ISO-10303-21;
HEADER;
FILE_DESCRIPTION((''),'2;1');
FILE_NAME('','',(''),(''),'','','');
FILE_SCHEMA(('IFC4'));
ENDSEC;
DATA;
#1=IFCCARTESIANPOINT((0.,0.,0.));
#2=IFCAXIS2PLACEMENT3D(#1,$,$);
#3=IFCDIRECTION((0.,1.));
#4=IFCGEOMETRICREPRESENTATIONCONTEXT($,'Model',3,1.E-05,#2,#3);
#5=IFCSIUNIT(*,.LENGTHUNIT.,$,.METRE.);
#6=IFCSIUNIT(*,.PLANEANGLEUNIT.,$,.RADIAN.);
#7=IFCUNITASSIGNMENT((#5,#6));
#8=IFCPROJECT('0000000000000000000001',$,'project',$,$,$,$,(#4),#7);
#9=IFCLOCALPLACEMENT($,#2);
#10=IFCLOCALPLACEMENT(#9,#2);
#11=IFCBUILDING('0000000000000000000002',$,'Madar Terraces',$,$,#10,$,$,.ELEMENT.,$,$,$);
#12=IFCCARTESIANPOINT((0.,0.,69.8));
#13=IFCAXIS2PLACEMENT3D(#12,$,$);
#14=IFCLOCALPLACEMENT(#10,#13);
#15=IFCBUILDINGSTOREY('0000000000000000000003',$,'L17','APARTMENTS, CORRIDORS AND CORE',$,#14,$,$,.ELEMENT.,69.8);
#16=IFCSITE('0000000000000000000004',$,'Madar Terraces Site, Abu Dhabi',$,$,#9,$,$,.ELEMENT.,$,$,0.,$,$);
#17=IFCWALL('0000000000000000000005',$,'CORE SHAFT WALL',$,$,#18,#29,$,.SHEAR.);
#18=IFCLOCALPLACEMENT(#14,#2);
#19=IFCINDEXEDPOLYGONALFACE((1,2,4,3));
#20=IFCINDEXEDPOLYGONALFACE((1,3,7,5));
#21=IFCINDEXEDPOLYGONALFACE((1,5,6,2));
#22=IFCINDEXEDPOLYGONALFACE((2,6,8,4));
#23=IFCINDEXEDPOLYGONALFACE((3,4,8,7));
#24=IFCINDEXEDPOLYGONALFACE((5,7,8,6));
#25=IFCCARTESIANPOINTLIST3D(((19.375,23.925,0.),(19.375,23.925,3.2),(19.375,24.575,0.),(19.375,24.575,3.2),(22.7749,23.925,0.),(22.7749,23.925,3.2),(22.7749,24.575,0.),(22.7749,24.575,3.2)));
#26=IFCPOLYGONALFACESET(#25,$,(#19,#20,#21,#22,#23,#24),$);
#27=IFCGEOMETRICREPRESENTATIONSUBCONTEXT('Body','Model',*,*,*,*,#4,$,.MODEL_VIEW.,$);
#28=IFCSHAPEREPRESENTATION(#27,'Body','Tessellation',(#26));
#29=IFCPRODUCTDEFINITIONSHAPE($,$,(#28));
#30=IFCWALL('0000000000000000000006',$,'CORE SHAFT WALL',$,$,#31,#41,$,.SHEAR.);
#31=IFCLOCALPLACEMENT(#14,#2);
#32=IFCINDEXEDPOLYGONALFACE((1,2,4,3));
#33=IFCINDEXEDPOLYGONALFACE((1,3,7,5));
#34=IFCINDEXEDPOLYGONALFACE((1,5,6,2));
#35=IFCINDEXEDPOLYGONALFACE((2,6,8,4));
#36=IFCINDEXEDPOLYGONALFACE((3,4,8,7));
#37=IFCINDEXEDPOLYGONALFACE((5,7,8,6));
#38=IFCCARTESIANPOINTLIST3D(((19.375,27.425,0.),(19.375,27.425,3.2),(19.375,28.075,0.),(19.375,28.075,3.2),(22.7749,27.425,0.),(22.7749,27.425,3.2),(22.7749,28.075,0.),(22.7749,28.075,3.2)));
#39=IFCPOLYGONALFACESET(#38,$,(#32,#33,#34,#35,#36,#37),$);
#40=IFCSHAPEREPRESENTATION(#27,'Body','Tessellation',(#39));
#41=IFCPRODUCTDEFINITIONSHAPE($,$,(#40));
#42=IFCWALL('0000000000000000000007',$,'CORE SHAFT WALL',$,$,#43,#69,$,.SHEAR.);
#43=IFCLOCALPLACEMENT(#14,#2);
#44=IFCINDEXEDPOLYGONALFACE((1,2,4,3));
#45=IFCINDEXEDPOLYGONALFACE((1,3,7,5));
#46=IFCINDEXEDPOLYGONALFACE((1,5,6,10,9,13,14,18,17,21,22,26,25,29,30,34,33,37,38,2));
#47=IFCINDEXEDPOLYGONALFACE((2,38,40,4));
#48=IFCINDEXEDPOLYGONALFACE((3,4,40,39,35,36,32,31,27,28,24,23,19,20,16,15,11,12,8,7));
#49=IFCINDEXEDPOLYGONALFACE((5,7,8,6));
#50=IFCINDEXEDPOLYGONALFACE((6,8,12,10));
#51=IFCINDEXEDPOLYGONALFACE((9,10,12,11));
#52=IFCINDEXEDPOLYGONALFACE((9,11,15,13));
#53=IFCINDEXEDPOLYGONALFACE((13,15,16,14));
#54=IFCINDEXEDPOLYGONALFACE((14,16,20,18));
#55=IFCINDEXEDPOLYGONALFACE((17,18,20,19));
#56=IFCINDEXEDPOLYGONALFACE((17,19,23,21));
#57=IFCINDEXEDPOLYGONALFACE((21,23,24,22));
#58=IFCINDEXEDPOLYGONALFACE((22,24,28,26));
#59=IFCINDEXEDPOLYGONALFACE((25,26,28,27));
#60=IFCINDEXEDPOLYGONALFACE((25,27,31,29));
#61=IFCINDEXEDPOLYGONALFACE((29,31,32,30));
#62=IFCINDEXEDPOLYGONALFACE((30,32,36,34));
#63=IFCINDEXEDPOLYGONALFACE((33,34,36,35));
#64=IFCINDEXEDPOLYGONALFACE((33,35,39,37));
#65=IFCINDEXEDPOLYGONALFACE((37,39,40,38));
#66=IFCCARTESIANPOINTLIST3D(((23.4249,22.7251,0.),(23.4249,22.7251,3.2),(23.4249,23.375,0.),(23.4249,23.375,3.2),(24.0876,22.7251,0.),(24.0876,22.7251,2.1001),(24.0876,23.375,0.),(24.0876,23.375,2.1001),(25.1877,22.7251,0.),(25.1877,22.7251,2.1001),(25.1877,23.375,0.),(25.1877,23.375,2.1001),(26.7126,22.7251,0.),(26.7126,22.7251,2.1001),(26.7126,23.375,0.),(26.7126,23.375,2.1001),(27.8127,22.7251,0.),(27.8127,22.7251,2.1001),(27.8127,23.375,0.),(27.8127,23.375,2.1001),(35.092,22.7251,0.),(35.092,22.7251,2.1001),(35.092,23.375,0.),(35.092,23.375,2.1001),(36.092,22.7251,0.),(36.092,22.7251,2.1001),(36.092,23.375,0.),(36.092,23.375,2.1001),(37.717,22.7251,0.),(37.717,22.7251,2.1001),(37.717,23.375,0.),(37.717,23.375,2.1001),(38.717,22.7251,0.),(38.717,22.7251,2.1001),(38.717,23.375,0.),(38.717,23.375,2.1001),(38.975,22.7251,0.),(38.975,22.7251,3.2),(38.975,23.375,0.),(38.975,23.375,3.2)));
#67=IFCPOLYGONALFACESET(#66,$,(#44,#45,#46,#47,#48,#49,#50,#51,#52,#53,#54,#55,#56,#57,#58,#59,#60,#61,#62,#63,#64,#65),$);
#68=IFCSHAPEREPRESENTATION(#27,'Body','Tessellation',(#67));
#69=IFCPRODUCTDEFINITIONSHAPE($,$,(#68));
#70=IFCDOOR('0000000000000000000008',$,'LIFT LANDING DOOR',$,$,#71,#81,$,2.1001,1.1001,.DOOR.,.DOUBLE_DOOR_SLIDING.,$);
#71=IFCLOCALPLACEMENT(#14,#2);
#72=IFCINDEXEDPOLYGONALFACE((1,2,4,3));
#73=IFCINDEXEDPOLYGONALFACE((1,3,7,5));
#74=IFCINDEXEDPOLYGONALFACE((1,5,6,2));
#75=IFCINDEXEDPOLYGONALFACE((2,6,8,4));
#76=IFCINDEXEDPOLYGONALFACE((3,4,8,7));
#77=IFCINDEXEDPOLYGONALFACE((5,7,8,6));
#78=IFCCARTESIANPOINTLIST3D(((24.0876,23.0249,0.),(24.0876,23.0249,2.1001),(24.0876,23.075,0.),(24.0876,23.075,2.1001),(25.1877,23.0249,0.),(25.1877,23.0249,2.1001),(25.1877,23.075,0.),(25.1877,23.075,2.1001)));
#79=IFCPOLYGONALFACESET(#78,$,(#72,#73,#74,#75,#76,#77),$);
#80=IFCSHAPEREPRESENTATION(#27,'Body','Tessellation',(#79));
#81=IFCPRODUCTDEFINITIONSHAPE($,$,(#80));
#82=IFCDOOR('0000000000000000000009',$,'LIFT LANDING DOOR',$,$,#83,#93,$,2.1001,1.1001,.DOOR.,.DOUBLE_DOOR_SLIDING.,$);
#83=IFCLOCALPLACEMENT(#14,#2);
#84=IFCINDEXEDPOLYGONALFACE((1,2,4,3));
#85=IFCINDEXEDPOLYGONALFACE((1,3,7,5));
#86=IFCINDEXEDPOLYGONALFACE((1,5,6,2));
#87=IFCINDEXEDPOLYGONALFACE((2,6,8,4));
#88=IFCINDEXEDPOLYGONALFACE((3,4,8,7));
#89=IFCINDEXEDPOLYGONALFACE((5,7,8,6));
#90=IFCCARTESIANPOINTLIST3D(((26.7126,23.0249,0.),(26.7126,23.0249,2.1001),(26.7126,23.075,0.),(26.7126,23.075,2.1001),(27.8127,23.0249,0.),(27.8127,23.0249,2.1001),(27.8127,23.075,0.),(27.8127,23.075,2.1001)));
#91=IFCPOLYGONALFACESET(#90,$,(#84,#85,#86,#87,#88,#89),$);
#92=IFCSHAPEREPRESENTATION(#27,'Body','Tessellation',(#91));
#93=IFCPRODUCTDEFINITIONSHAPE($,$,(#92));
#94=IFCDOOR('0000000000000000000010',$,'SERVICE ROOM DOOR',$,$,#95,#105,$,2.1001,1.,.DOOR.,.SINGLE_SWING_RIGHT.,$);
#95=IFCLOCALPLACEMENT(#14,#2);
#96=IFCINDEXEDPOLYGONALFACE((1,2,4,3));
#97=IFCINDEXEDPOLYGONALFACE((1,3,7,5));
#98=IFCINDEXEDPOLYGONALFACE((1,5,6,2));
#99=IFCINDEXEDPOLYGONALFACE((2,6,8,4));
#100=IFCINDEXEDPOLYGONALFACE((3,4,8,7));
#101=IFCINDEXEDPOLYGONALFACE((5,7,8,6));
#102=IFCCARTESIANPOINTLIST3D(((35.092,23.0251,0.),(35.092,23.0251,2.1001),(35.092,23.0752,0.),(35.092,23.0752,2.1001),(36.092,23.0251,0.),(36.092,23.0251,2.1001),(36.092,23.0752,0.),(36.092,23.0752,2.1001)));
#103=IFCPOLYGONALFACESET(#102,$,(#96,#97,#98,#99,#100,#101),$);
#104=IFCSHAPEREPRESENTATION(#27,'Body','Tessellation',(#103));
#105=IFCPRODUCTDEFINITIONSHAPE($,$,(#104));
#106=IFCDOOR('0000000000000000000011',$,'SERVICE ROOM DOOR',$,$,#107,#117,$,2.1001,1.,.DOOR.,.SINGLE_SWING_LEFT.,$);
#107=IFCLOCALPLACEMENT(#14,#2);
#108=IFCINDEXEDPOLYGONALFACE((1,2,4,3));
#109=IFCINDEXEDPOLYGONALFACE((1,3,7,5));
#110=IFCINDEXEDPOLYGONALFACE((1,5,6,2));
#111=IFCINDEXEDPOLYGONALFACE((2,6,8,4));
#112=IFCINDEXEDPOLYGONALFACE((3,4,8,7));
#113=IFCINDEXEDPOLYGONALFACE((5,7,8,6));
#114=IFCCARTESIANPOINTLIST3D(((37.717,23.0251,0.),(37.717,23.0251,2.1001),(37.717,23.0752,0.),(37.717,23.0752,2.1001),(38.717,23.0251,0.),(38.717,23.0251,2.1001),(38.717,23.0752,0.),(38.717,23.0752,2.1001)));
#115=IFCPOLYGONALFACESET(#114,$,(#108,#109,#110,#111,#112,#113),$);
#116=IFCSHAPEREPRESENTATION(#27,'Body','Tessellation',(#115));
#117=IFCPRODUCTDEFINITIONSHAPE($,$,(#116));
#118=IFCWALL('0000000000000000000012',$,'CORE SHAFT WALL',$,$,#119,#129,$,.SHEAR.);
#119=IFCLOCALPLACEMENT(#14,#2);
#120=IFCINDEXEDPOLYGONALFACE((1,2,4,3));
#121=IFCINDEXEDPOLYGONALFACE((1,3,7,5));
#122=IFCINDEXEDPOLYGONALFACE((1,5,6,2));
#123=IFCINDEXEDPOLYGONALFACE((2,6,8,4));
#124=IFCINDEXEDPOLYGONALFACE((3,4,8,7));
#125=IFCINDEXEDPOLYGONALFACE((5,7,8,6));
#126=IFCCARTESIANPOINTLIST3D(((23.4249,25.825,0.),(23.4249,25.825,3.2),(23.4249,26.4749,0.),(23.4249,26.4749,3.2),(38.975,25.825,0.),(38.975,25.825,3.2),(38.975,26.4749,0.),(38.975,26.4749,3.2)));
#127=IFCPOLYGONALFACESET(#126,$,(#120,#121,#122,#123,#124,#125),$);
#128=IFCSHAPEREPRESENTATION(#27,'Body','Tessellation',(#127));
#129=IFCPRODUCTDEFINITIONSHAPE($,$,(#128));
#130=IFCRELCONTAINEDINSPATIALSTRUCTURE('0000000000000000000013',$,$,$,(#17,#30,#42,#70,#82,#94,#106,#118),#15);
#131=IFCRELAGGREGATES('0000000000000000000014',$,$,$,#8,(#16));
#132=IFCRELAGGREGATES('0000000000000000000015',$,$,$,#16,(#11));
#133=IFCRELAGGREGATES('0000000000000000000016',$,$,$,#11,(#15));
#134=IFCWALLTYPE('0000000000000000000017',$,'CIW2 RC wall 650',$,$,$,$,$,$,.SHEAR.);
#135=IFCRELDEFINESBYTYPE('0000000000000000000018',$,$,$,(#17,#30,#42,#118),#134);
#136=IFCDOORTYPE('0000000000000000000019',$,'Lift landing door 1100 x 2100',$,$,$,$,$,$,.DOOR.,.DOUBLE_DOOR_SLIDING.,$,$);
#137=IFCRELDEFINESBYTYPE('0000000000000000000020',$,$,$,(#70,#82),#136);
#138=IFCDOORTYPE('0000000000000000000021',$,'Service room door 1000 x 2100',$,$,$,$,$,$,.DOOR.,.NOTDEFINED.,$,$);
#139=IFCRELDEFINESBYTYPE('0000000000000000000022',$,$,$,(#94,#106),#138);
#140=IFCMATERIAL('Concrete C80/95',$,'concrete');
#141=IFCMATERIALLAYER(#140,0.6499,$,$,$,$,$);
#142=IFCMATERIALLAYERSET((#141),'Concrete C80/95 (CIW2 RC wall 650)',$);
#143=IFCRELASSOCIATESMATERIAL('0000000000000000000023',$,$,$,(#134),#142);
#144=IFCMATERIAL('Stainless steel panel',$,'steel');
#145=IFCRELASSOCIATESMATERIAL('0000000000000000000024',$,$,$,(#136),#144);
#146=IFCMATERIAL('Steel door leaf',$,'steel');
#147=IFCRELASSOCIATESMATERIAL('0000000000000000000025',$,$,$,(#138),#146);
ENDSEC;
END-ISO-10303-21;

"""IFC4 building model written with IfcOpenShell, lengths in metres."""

from ifc_helpers import new_model, si_unit, direction, frame, frame_2d, origin, place, context, subcontext, project, spatial, rectangle, extrude, material, layer, layer_set, type_object, element, fill, save


model = new_model("IFC4")

# Units and contexts
model_context = context("Model", 3, precision=1e-05, world=origin(), true_north=direction((0.0, 1.0)))
body_context = subcontext(model_context, "Body", "Model", "MODEL_VIEW")
ifc_project = project(units=[si_unit("LENGTHUNIT", "METRE"), si_unit("PLANEANGLEUNIT", "RADIAN")], contexts=[model_context])

# Site, building, storey
site_placement = place(None, origin())
site = spatial("IfcSite", under=ifc_project, at=site_placement, Name="Madar Terraces Site, Abu Dhabi", CompositionType="ELEMENT", RefElevation=0.0)
building_placement = place(site_placement, origin())
building = spatial("IfcBuilding", under=site, at=building_placement, Name="Madar Terraces", CompositionType="ELEMENT")
storey_placement = place(building_placement, frame((0.0, 0.0, 69.8)))
storey = spatial("IfcBuildingStorey", under=building, at=storey_placement, Name="L17", Description="APARTMENTS, CORRIDORS AND CORE", CompositionType="ELEMENT", Elevation=69.8)

# Walls
ifc_material_1 = material(Name="Concrete C80/95", Category="concrete")
ifc_layer_1 = layer(ifc_material_1, 0.6499)
ifc_layer_set_1 = layer_set([ifc_layer_1], Name="Concrete C80/95 (CIW2 RC wall 650)")
wall_type_1 = type_object("IfcWallType", Name="CIW2 RC wall 650", PredefinedType="SHEAR", material=ifc_layer_set_1)
for number, where, z_axis, x_axis, name in (
    (1, (19.375, 24.25, 0.0), (0.0, 0.0, 1.0), (1.0, 0.0, 0.0), "CORE SHAFT WALL"),
    (2, (19.375, 27.75, 0.0), (0.0, 0.0, 1.0), (1.0, 0.0, 0.0), "CORE SHAFT WALL"),
):
    element("IfcWall", number, at=place(storey_placement, frame(where, z_axis=z_axis, x_axis=x_axis)), inside=storey, type_object=wall_type_1, Name=name, PredefinedType="SHEAR", context=body_context, shape_type="SweptSolid", body=[
        extrude(rectangle(XDim=3.3999, YDim=0.6499, at=frame_2d((1.7, 0.0))), origin(), (0.0, 0.0, 1.0), 3.2),
    ])

# Wall, openings, doors
wall_1_placement = place(storey_placement, frame((23.425, 23.05, 0.0), z_axis=(0.0, 0.0, 1.0), x_axis=(1.0, 0.0, 0.0)))
wall_1 = element("IfcWall", 3, at=wall_1_placement, inside=storey, type_object=wall_type_1, Name="CORE SHAFT WALL", PredefinedType="SHEAR", context=body_context, shape_type="SweptSolid", body=[
    extrude(rectangle(XDim=15.55, YDim=0.6499, at=frame_2d((7.7749, 0.0))), origin(), (0.0, 0.0, 1.0), 3.2),
])
opening_1_placement = place(wall_1_placement, frame((0.6626, 0.0, 0.0)))
opening_1 = element("IfcOpeningElement", 4, at=opening_1_placement, cuts=wall_1, PredefinedType="OPENING", context=body_context, shape_type="SweptSolid", body=[
    extrude(rectangle(XDim=1.1001, YDim=2.1001, at=frame_2d((0.55, 1.05))), frame((0.0, 0.335, 0.0), z_axis=(0.0, -1.0, 0.0), x_axis=(1.0, 0.0, 0.0)), (0.0, 0.0, 1.0), 0.6699),
])
opening_2_placement = place(wall_1_placement, frame((3.2876, 0.0, 0.0)))
opening_2 = element("IfcOpeningElement", 5, at=opening_2_placement, cuts=wall_1, PredefinedType="OPENING", context=body_context, shape_type="SweptSolid", body=[
    extrude(rectangle(XDim=1.1001, YDim=2.1001, at=frame_2d((0.55, 1.05))), frame((0.0, 0.335, 0.0), z_axis=(0.0, -1.0, 0.0), x_axis=(1.0, 0.0, 0.0)), (0.0, 0.0, 1.0), 0.6699),
])
opening_3_placement = place(wall_1_placement, frame((11.667, 0.0, 0.0)))
opening_3 = element("IfcOpeningElement", 6, at=opening_3_placement, cuts=wall_1, PredefinedType="OPENING", context=body_context, shape_type="SweptSolid", body=[
    extrude(rectangle(XDim=1.0, YDim=2.1001, at=frame_2d((0.5, 1.05))), frame((0.0, 0.335, 0.0), z_axis=(0.0, -1.0, 0.0), x_axis=(1.0, 0.0, 0.0)), (0.0, 0.0, 1.0), 0.6699),
])
opening_4_placement = place(wall_1_placement, frame((14.292, 0.0, 0.0)))
opening_4 = element("IfcOpeningElement", 7, at=opening_4_placement, cuts=wall_1, PredefinedType="OPENING", context=body_context, shape_type="SweptSolid", body=[
    extrude(rectangle(XDim=1.0, YDim=2.1001, at=frame_2d((0.5, 1.05))), frame((0.0, 0.335, 0.0), z_axis=(0.0, -1.0, 0.0), x_axis=(1.0, 0.0, 0.0)), (0.0, 0.0, 1.0), 0.6699),
])
ifc_material_2 = material(Name="Stainless steel panel", Category="steel")
door_type_1 = type_object("IfcDoorType", Name="Lift landing door 1100 x 2100", OperationType="DOUBLE_DOOR_SLIDING", PredefinedType="DOOR", material=ifc_material_2)
door_1_placement = place(opening_1_placement, origin())
door_1 = element("IfcDoor", 8, at=door_1_placement, inside=storey, type_object=door_type_1, Name="LIFT LANDING DOOR", OperationType="DOUBLE_DOOR_SLIDING", OverallHeight=2.1001, OverallWidth=1.1001, PredefinedType="DOOR", context=body_context, shape_type="SweptSolid", body=[
    extrude(rectangle(XDim=1.1001, YDim=2.1001, at=frame_2d((0.55, 1.05))), frame((0.0, 0.0249, 0.0), z_axis=(0.0, -1.0, 0.0), x_axis=(1.0, 0.0, 0.0)), (0.0, 0.0, 1.0), 0.05),
])
fill(opening_1, door_1)
door_2_placement = place(opening_2_placement, origin())
door_2 = element("IfcDoor", 9, at=door_2_placement, inside=storey, type_object=door_type_1, Name="LIFT LANDING DOOR", OperationType="DOUBLE_DOOR_SLIDING", OverallHeight=2.1001, OverallWidth=1.1001, PredefinedType="DOOR", context=body_context, shape_type="SweptSolid", body=[
    extrude(rectangle(XDim=1.1001, YDim=2.1001, at=frame_2d((0.55, 1.05))), frame((0.0, 0.0249, 0.0), z_axis=(0.0, -1.0, 0.0), x_axis=(1.0, 0.0, 0.0)), (0.0, 0.0, 1.0), 0.05),
])
fill(opening_2, door_2)
ifc_material_3 = material(Name="Steel door leaf", Category="steel")
door_type_2 = type_object("IfcDoorType", Name="Service room door 1000 x 2100", OperationType="NOTDEFINED", PredefinedType="DOOR", material=ifc_material_3)
door_3_placement = place(opening_3_placement, frame((1.0, 0.0, 0.0), z_axis=(0.0, 0.0, 1.0), x_axis=(-1.0, 0.0, 0.0)))
door_3 = element("IfcDoor", 10, at=door_3_placement, inside=storey, type_object=door_type_2, Name="SERVICE ROOM DOOR", OperationType="SINGLE_SWING_RIGHT", OverallHeight=2.1001, OverallWidth=1.0, PredefinedType="DOOR", context=body_context, shape_type="SweptSolid", body=[
    extrude(rectangle(XDim=1.0, YDim=2.1001, at=frame_2d((0.5, 1.05))), frame((0.0, 0.0249, 0.0), z_axis=(0.0, -1.0, 0.0), x_axis=(1.0, 0.0, 0.0)), (0.0, 0.0, 1.0), 0.05),
])
fill(opening_3, door_3)
door_4_placement = place(opening_4_placement, frame((1.0, 0.0, 0.0), z_axis=(0.0, 0.0, 1.0), x_axis=(-1.0, 0.0, 0.0)))
door_4 = element("IfcDoor", 11, at=door_4_placement, inside=storey, type_object=door_type_2, Name="SERVICE ROOM DOOR", OperationType="SINGLE_SWING_LEFT", OverallHeight=2.1001, OverallWidth=1.0, PredefinedType="DOOR", context=body_context, shape_type="SweptSolid", body=[
    extrude(rectangle(XDim=1.0, YDim=2.1001, at=frame_2d((0.5, 1.05))), frame((0.0, 0.0249, 0.0), z_axis=(0.0, -1.0, 0.0), x_axis=(1.0, 0.0, 0.0)), (0.0, 0.0, 1.0), 0.05),
])
fill(opening_4, door_4)

# Wall
wall_2_placement = place(storey_placement, frame((23.425, 26.1499, 0.0), z_axis=(0.0, 0.0, 1.0), x_axis=(1.0, 0.0, 0.0)))
element("IfcWall", 12, at=wall_2_placement, inside=storey, type_object=wall_type_1, Name="CORE SHAFT WALL", PredefinedType="SHEAR", context=body_context, shape_type="SweptSolid", body=[
    extrude(rectangle(XDim=15.55, YDim=0.6499, at=frame_2d((7.7749, 0.0))), origin(), (0.0, 0.0, 1.0), 3.2),
])

save(model, "model.ifc")
